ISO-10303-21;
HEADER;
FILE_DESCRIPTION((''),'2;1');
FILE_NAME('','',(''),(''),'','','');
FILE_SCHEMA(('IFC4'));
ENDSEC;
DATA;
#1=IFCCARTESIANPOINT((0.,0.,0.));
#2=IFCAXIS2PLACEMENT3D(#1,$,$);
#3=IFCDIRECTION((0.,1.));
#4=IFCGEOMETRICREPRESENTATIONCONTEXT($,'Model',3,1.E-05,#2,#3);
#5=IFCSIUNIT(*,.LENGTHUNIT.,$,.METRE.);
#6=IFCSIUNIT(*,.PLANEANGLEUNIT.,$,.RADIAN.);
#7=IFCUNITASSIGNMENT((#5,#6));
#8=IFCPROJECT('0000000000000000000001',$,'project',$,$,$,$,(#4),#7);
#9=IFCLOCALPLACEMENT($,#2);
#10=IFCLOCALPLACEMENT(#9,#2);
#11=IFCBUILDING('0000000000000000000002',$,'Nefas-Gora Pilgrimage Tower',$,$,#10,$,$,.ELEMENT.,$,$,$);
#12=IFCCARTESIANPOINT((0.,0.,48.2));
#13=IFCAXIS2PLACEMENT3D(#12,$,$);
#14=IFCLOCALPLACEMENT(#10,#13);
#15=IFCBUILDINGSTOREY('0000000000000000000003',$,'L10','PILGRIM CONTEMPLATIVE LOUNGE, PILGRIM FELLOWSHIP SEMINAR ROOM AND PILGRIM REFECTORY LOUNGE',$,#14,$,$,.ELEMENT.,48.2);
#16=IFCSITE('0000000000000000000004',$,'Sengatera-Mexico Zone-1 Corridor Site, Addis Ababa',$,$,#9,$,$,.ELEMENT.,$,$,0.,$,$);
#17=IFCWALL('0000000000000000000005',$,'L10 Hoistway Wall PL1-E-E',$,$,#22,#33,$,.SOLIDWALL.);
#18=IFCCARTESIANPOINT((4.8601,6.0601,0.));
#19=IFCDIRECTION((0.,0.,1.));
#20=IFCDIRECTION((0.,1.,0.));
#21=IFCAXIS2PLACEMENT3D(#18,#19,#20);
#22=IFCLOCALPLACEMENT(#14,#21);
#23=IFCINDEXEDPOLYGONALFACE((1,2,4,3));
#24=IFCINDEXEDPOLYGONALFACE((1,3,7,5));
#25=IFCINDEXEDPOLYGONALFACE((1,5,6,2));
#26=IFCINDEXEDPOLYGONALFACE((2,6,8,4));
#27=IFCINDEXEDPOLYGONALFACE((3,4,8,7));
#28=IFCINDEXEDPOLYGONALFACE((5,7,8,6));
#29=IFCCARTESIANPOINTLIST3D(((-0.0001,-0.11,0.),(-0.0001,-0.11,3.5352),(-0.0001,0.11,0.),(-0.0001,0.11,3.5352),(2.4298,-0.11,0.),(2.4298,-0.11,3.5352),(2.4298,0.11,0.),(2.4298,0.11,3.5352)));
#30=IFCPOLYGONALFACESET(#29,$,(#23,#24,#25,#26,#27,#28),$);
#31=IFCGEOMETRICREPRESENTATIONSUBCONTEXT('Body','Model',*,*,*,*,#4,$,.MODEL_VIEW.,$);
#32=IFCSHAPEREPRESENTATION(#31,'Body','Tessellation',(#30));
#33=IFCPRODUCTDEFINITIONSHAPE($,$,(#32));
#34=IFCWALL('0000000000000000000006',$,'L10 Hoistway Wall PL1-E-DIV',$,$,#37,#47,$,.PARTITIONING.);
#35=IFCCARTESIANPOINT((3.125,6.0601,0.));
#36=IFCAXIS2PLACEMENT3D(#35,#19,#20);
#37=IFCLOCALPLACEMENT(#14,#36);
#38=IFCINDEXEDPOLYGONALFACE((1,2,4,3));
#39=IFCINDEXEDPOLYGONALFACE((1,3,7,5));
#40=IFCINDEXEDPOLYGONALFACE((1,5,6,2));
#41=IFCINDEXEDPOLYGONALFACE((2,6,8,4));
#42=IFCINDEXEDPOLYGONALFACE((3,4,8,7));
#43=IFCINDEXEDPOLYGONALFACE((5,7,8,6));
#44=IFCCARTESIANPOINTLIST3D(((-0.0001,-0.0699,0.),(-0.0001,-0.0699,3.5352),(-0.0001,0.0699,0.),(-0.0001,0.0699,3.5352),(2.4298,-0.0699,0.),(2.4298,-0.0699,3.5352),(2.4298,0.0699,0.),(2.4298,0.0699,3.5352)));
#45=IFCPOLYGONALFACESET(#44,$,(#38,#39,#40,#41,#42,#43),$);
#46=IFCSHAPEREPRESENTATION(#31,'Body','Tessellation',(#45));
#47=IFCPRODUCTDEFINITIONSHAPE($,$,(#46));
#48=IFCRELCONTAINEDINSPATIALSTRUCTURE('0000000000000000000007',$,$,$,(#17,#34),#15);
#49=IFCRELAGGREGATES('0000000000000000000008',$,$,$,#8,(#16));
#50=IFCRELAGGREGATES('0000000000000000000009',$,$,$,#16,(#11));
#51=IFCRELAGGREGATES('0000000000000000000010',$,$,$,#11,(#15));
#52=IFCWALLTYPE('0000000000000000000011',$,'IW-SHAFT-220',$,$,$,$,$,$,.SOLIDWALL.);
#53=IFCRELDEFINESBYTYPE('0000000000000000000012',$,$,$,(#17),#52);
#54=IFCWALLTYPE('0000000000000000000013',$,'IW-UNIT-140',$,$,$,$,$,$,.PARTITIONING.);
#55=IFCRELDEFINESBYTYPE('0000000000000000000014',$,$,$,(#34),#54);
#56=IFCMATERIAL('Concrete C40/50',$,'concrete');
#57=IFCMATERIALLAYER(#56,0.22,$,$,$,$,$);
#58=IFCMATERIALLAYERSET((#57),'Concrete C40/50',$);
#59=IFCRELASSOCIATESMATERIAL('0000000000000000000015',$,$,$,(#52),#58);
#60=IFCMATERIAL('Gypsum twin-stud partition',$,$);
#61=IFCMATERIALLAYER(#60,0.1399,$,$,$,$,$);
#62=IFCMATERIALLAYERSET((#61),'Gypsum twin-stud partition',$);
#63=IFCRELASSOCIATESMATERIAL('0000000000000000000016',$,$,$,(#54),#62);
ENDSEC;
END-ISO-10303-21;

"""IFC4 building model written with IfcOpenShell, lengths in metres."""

from ifc_helpers import new_model, si_unit, direction, frame, frame_2d, origin, place, context, subcontext, project, spatial, rectangle, extrude, source, transform, mapped, material, layer, layer_set, type_object, element, save


model = new_model("IFC4")

# Units and contexts
model_context = context("Model", 3, precision=1e-05, world=origin(), true_north=direction((0.0, 1.0)))
body_context = subcontext(model_context, "Body", "Model", "MODEL_VIEW")
ifc_project = project(units=[si_unit("LENGTHUNIT", "METRE"), si_unit("PLANEANGLEUNIT", "RADIAN")], contexts=[model_context])

# Site, building, storey
site_placement = place(None, origin())
site = spatial("IfcSite", under=ifc_project, at=site_placement, Name="Sengatera-Mexico Zone-1 Corridor Site, Addis Ababa", CompositionType="ELEMENT", RefElevation=0.0)
building_placement = place(site_placement, origin())
building = spatial("IfcBuilding", under=site, at=building_placement, Name="Nefas-Gora Pilgrimage Tower", CompositionType="ELEMENT")
storey_placement = place(building_placement, frame((0.0, 0.0, 48.2)))
storey = spatial("IfcBuildingStorey", under=building, at=storey_placement, Name="L10", Description="PILGRIM CONTEMPLATIVE LOUNGE, PILGRIM FELLOWSHIP SEMINAR ROOM AND PILGRIM REFECTORY LOUNGE", CompositionType="ELEMENT", Elevation=48.2)

# Shared definitions
ifc_material_1 = material(Name="Concrete C40/50", Category="concrete")

# Shared definitions
ifc_layer_1 = layer(ifc_material_1, 0.22)
ifc_layer_set_1 = layer_set([ifc_layer_1], Name="Concrete C40/50")
wall_type_1 = type_object("IfcWallType", Name="IW-SHAFT-220", PredefinedType="SOLIDWALL", material=ifc_layer_set_1)

# Walls
shared_shape_1 = source(origin(), body_context, "Body", "SweptSolid", [
    extrude(rectangle(XDim=2.4299, YDim=0.22, at=frame_2d((1.2148, 0.0))), origin(), (0.0, 0.0, 1.0), 3.5352),
])
for number, where, z_axis, x_axis, name in (
    (1, (4.8601, 6.0601, 0.0), (0.0, 0.0, 1.0), (0.0, 1.0, 0.0), "L10 Hoistway Wall PL1-E-E"),
):
    element("IfcWall", number, at=place(storey_placement, frame(where, z_axis=z_axis, x_axis=x_axis)), inside=storey, type_object=wall_type_1, Name=name, PredefinedType="SOLIDWALL", context=body_context, shape_type="MappedRepresentation", body=[
        mapped(shared_shape_1, transform((0.0, 0.0, 0.0), x_axis=(1.0, 0.0, 0.0), y_axis=(0.0, 1.0, 0.0), z_axis=(0.0, 0.0, 1.0), scale=1.0)),
    ])
ifc_material_2 = material(Name="Gypsum twin-stud partition")
ifc_layer_2 = layer(ifc_material_2, 0.1399)
ifc_layer_set_2 = layer_set([ifc_layer_2], Name="Gypsum twin-stud partition")
wall_type_2 = type_object("IfcWallType", Name="IW-UNIT-140", PredefinedType="PARTITIONING", material=ifc_layer_set_2)
shared_shape_2 = source(origin(), body_context, "Body", "SweptSolid", [
    extrude(rectangle(XDim=2.4299, YDim=0.1399, at=frame_2d((1.2148, 0.0))), origin(), (0.0, 0.0, 1.0), 3.5352),
])
wall_1_placement = place(storey_placement, frame((3.125, 6.0601, 0.0), z_axis=(0.0, 0.0, 1.0), x_axis=(0.0, 1.0, 0.0)))
element("IfcWall", 2, at=wall_1_placement, inside=storey, type_object=wall_type_2, Name="L10 Hoistway Wall PL1-E-DIV", PredefinedType="PARTITIONING", context=body_context, shape_type="MappedRepresentation", body=[
    mapped(shared_shape_2, transform((0.0, 0.0, 0.0), x_axis=(1.0, 0.0, 0.0), y_axis=(0.0, 1.0, 0.0), z_axis=(0.0, 0.0, 1.0), scale=1.0)),
])

save(model, "model.ifc")
